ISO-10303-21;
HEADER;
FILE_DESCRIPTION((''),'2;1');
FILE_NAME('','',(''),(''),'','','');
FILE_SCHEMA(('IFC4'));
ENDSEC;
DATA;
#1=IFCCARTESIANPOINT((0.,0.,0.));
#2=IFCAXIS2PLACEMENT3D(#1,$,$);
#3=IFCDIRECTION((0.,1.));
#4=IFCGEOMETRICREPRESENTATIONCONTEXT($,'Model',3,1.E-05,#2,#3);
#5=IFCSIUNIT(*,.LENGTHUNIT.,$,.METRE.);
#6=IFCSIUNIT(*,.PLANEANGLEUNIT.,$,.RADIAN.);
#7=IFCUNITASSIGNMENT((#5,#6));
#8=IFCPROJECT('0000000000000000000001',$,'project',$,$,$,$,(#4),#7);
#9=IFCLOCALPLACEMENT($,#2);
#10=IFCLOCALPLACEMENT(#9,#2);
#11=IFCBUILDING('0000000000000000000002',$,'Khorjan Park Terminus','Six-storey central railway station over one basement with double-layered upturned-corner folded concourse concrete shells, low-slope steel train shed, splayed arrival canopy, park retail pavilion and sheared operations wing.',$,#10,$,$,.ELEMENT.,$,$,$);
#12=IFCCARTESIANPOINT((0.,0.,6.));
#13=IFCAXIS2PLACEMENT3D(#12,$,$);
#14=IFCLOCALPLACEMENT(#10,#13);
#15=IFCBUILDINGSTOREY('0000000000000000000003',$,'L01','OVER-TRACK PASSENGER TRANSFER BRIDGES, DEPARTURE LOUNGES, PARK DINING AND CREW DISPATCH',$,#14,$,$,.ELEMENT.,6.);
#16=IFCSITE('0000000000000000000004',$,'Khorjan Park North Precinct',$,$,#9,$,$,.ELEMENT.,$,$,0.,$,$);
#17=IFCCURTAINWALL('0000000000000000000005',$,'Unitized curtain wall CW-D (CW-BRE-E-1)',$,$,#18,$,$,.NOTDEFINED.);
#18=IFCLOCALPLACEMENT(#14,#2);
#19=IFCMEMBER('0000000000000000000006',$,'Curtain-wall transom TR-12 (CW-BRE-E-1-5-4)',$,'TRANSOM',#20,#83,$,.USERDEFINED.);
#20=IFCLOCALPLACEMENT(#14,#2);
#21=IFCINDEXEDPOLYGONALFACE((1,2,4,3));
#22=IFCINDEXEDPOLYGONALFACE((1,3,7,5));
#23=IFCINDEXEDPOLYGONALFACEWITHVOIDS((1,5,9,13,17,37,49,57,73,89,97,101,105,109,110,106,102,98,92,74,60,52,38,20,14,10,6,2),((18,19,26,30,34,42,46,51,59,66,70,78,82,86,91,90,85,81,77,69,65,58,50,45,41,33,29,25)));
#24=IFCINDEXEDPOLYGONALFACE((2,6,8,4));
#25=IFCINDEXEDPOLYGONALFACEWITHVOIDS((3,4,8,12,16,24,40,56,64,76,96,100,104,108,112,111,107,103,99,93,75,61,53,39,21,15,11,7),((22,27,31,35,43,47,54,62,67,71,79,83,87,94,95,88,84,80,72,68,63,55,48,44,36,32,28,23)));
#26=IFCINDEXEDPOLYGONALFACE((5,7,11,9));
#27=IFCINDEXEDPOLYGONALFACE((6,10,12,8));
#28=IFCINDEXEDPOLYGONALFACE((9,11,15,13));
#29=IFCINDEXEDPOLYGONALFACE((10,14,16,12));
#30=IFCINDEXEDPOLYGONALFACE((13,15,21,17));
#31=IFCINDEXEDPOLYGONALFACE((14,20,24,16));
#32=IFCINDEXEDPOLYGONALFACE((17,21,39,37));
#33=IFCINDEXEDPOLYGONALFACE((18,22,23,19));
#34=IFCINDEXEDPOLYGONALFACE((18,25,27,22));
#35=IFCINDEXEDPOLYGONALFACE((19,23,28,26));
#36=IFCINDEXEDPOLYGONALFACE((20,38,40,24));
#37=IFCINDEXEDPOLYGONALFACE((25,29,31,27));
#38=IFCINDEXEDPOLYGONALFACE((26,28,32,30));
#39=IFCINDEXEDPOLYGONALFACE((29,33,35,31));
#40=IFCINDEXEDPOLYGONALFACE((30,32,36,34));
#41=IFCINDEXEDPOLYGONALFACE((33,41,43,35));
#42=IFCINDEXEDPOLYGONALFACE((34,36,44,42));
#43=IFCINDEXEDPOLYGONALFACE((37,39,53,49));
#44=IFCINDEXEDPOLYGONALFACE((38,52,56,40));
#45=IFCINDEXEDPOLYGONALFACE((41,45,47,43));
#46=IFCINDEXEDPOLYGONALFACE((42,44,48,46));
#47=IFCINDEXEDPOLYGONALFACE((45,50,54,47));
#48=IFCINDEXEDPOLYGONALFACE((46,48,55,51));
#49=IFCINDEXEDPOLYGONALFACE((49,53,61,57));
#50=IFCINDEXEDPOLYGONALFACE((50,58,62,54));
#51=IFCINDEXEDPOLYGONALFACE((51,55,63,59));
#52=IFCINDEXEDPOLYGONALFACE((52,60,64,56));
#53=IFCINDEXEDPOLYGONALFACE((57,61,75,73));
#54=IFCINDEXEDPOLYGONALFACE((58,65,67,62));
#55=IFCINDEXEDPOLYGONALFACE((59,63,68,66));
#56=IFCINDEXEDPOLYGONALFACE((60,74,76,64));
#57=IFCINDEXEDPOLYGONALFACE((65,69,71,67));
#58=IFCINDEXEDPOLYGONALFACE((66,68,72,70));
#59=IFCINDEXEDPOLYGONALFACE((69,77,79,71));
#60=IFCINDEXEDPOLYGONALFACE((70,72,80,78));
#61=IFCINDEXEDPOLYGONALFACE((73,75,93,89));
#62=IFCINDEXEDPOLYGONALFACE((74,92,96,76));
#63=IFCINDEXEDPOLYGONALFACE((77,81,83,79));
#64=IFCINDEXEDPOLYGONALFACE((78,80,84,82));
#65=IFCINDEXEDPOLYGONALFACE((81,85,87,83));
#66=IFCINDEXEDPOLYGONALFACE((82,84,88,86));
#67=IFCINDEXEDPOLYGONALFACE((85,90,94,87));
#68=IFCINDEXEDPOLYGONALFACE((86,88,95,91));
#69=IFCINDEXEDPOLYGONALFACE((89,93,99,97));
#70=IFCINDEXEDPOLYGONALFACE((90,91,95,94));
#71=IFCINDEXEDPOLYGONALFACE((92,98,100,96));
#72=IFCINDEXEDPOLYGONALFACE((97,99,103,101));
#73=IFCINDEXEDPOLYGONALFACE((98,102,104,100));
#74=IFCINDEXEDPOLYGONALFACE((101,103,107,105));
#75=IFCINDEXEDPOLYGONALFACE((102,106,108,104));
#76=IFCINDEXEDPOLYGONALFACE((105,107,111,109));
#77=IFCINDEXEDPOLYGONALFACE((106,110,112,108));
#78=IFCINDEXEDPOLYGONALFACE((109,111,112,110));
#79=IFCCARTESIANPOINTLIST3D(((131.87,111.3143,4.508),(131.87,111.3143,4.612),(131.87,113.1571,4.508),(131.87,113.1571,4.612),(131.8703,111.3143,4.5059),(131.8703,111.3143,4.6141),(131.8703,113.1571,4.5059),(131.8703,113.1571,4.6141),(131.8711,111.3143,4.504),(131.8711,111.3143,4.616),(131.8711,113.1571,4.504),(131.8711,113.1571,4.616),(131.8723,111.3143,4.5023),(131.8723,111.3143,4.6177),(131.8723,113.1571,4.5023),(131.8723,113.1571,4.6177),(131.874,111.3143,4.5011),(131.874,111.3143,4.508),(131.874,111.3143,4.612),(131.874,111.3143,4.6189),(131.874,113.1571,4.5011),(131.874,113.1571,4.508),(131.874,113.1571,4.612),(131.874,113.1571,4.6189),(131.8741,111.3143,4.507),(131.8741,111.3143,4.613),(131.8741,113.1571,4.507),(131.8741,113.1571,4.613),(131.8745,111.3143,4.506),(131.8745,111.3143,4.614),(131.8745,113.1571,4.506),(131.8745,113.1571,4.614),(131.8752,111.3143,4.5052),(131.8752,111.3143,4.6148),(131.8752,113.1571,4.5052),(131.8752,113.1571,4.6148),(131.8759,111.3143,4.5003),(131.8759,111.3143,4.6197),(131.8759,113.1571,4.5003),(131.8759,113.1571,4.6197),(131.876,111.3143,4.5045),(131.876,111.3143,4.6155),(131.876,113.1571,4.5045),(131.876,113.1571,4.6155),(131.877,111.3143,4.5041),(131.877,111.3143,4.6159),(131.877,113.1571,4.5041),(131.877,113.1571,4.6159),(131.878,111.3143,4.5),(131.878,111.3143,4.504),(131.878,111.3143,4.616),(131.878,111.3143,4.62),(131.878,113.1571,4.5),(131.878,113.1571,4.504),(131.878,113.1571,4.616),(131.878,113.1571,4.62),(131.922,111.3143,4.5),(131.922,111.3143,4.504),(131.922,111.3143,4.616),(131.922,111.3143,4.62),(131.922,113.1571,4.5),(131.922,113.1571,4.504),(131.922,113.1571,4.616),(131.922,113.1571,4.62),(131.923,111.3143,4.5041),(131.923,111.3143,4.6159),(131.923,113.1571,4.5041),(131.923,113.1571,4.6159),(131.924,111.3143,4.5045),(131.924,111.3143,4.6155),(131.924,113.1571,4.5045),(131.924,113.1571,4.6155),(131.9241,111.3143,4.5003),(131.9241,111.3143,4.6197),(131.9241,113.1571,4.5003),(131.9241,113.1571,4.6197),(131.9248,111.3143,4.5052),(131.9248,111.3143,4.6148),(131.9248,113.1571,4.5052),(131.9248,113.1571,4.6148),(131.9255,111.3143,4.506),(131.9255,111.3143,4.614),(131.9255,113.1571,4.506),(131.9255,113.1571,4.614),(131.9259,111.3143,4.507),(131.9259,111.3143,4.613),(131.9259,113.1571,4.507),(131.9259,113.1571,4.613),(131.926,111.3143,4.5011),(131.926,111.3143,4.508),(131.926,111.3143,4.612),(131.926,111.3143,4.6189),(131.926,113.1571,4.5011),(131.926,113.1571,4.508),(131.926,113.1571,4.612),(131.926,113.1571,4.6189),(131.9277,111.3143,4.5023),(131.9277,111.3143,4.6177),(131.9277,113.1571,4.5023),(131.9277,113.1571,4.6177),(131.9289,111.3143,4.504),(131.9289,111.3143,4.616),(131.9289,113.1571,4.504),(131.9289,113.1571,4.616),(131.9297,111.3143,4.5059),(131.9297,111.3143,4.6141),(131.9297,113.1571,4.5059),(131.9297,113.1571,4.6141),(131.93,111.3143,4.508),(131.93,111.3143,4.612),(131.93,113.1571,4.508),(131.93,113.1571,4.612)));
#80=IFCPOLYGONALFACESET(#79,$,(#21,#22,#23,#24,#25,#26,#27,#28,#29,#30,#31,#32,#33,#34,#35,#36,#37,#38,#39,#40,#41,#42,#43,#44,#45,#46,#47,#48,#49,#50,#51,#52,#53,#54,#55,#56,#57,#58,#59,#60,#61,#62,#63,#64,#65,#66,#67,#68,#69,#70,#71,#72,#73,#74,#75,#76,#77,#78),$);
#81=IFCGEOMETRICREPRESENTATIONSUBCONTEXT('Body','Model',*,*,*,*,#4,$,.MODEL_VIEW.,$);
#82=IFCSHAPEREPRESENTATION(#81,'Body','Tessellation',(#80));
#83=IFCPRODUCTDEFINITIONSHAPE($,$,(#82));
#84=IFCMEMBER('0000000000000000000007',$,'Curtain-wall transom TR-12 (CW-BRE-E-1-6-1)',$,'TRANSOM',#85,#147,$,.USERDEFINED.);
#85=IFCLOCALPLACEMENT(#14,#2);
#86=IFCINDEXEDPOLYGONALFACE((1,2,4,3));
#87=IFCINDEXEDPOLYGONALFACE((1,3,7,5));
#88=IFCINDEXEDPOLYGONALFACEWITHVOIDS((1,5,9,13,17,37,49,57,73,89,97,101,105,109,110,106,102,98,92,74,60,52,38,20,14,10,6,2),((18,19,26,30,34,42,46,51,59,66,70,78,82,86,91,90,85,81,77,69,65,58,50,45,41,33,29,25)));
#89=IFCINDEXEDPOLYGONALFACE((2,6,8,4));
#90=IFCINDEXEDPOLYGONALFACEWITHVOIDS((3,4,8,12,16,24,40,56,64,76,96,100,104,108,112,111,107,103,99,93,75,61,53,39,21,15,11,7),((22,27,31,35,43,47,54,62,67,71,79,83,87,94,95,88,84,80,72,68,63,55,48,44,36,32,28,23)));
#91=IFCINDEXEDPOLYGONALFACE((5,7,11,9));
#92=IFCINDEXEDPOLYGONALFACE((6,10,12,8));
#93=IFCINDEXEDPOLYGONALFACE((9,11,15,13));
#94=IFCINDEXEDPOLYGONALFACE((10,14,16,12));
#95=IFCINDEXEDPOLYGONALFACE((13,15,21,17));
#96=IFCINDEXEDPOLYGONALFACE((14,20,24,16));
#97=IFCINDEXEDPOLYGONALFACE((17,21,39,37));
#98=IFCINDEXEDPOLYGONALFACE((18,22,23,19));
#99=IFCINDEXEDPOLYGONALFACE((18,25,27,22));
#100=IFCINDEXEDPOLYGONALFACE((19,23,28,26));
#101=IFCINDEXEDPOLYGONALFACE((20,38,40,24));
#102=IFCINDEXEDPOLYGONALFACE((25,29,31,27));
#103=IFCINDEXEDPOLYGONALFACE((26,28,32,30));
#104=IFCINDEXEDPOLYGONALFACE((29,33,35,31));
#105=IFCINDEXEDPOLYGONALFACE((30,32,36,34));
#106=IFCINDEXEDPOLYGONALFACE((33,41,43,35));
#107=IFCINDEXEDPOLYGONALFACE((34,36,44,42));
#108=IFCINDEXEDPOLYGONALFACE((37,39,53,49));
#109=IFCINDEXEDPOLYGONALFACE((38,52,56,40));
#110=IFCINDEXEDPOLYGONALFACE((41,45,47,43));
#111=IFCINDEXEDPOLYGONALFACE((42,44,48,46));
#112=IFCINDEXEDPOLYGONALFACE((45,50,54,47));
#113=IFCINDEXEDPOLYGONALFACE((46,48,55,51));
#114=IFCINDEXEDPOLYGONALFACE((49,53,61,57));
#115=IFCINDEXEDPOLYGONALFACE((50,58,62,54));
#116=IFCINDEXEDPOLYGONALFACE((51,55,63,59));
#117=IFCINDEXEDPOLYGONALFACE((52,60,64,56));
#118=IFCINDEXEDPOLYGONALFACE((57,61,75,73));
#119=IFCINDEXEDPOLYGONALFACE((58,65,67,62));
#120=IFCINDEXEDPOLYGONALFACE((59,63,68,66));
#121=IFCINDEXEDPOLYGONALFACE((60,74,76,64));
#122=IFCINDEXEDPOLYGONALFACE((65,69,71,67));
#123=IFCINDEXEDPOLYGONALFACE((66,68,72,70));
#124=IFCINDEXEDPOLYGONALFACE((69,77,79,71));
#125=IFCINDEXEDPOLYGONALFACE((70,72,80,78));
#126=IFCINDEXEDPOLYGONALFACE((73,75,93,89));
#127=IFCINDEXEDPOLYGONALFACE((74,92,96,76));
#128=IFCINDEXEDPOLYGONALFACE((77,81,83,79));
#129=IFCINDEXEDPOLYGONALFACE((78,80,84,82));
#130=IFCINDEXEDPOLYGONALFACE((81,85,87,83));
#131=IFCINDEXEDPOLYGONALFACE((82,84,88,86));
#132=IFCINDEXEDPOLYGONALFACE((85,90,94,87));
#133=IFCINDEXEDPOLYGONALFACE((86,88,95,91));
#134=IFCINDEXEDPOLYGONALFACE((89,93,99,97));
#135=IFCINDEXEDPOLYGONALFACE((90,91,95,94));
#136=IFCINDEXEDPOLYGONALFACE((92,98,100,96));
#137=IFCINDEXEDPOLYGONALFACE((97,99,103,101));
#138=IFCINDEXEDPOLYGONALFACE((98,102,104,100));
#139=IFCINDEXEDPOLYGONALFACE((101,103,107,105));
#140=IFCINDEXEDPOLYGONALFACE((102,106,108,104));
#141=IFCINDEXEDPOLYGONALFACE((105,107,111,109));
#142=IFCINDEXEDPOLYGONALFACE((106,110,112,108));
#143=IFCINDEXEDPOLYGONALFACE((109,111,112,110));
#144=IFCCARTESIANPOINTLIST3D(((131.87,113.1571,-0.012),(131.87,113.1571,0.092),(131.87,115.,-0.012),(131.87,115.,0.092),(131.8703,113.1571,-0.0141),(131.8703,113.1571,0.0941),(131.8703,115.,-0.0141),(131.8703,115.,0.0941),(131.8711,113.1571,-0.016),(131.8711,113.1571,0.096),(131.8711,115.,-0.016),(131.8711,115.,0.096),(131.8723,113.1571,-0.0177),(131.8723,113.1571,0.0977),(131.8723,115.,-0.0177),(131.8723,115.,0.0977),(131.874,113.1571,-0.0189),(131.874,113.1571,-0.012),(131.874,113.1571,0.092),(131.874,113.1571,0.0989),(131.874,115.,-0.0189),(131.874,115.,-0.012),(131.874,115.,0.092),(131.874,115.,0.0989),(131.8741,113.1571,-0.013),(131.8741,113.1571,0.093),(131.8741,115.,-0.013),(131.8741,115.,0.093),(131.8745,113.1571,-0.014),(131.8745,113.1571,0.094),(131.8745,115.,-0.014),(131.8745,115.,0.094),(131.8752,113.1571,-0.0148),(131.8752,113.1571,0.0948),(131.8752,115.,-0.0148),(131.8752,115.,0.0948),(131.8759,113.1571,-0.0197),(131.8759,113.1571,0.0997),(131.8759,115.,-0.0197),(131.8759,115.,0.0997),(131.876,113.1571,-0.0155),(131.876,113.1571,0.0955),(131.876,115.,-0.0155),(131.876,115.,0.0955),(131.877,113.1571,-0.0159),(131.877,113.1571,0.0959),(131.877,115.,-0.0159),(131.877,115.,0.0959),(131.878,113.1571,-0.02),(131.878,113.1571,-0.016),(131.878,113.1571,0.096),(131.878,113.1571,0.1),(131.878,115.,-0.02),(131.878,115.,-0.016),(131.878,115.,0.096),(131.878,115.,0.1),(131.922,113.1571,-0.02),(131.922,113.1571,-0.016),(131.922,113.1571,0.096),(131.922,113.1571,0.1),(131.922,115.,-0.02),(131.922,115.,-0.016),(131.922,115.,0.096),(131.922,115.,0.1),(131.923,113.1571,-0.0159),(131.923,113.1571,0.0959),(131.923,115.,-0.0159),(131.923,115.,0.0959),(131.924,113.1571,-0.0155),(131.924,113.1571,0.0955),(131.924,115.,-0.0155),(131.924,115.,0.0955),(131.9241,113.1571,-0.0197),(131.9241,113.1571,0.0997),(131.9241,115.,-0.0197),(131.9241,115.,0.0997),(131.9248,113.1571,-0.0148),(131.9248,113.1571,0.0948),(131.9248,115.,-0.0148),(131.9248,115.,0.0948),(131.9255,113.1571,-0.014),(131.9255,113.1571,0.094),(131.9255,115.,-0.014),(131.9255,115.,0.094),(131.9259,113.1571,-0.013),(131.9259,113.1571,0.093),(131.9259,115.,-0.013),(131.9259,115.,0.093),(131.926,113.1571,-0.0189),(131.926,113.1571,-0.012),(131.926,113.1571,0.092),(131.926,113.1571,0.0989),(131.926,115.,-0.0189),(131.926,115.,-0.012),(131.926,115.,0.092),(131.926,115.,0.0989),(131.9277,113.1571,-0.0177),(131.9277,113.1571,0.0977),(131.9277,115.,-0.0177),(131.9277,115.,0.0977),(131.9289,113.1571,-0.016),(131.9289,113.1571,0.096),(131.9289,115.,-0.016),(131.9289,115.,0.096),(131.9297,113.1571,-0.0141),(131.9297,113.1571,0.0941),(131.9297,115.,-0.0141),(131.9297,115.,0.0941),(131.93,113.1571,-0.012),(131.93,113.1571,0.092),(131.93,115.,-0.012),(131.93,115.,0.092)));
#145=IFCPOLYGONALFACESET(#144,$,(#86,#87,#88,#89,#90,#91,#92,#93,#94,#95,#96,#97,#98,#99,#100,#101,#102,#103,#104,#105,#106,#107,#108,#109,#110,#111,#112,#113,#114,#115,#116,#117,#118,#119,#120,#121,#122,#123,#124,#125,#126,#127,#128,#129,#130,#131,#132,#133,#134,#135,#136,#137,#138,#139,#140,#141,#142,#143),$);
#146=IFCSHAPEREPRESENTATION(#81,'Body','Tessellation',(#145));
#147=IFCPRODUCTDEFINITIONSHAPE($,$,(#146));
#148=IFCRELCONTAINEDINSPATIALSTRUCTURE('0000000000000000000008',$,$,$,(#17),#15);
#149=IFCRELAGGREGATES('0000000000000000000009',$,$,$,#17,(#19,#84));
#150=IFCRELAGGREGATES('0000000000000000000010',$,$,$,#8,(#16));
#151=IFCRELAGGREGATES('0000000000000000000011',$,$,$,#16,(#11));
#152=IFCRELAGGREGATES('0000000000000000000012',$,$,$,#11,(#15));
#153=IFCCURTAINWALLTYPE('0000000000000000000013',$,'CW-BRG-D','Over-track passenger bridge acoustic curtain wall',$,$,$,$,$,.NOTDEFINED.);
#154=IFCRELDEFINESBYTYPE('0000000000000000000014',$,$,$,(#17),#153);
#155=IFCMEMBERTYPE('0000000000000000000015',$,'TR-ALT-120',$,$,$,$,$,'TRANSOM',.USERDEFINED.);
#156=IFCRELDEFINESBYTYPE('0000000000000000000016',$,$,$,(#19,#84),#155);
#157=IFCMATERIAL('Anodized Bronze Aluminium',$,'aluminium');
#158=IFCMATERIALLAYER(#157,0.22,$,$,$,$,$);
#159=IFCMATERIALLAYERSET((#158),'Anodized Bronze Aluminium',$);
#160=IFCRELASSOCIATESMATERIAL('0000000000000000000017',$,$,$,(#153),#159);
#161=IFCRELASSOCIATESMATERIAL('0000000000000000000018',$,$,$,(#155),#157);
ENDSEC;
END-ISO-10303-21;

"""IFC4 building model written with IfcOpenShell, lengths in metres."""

from ifc_helpers import new_model, si_unit, direction, frame, origin, origin_2d, place, context, subcontext, project, spatial, hollow_rectangle, extrude, material, layer, layer_set, material_profile, profile_set, type_object, element, aggregate, save


model = new_model("IFC4")

# Units and contexts
model_context = context("Model", 3, precision=1e-05, world=origin(), true_north=direction((0.0, 1.0)))
body_context = subcontext(model_context, "Body", "Model", "MODEL_VIEW")
ifc_project = project(units=[si_unit("LENGTHUNIT", "METRE"), si_unit("PLANEANGLEUNIT", "RADIAN")], contexts=[model_context])

# Site, building, storey
site_placement = place(None, origin())
site = spatial("IfcSite", under=ifc_project, at=site_placement, Name="Khorjan Park North Precinct", CompositionType="ELEMENT", RefElevation=0.0)
building_placement = place(site_placement, origin())
building = spatial("IfcBuilding", under=site, at=building_placement, Name="Khorjan Park Terminus", Description="Six-storey central railway station over one basement with double-layered upturned-corner folded concourse concrete shells, low-slope steel train shed, splayed arrival canopy, park retail pavilion and sheared operations wing.", CompositionType="ELEMENT")
storey_placement = place(building_placement, frame((0.0, 0.0, 6.0)))
storey = spatial("IfcBuildingStorey", under=building, at=storey_placement, Name="L01", Description="OVER-TRACK PASSENGER TRANSFER BRIDGES, DEPARTURE LOUNGES, PARK DINING AND CREW DISPATCH", CompositionType="ELEMENT", Elevation=6.0)

# Curtain wall, members
ifc_material_1 = material(Name="Anodized Bronze Aluminium", Category="aluminium")
ifc_layer_1 = layer(ifc_material_1, 0.22)
ifc_layer_set_1 = layer_set([ifc_layer_1], Name="Anodized Bronze Aluminium")
curtain_wall_type = type_object("IfcCurtainWallType", Name="CW-BRG-D", Description="Over-track passenger bridge acoustic curtain wall", PredefinedType="NOTDEFINED", material=ifc_layer_set_1)
curtain_wall_1_placement = place(storey_placement, origin())
curtain_wall_1 = element("IfcCurtainWall", 1, at=curtain_wall_1_placement, inside=storey, type_object=curtain_wall_type, Name="Unitized curtain wall CW-D (CW-BRE-E-1)", PredefinedType="NOTDEFINED")
ifc_material_profile_1 = material_profile(ifc_material_1, hollow_rectangle(XDim=0.06, YDim=0.12, WallThickness=0.004, InnerFilletRadius=0.004, OuterFilletRadius=0.008, at=origin_2d()), Name="ALT 60x120x4")
ifc_profile_set_1 = profile_set([ifc_material_profile_1], Name="Anodized Bronze Aluminium")
member_type_1 = type_object("IfcMemberType", Name="TR-ALT-120", ElementType="TRANSOM", PredefinedType="USERDEFINED", material=ifc_profile_set_1)
member_1_placement = place(storey_placement, frame((131.9, 111.3143, 4.56), z_axis=(0.0, 1.0, 0.0), x_axis=(-1.0, 0.0, 0.0)))
member_1 = element("IfcMember", 2, at=member_1_placement, type_object=member_type_1, Name="Curtain-wall transom TR-12 (CW-BRE-E-1-5-4)", ObjectType="TRANSOM", PredefinedType="USERDEFINED", context=body_context, shape_type="SweptSolid", body=[
    extrude(hollow_rectangle(XDim=0.06, YDim=0.12, WallThickness=0.004, InnerFilletRadius=0.004, OuterFilletRadius=0.008, at=origin_2d()), origin(), (0.0, 0.0, 1.0), 1.8428),
])
member_2_placement = place(storey_placement, frame((131.9, 113.1571, 0.04), z_axis=(0.0, 1.0, 0.0), x_axis=(-1.0, 0.0, 0.0)))
member_2 = element("IfcMember", 3, at=member_2_placement, type_object=member_type_1, Name="Curtain-wall transom TR-12 (CW-BRE-E-1-6-1)", ObjectType="TRANSOM", PredefinedType="USERDEFINED", context=body_context, shape_type="SweptSolid", body=[
    extrude(hollow_rectangle(XDim=0.06, YDim=0.12, WallThickness=0.004, InnerFilletRadius=0.004, OuterFilletRadius=0.008, at=origin_2d()), origin(), (0.0, 0.0, 1.0), 1.8429),
])

aggregate(curtain_wall_1, [member_1, member_2])

save(model, "model.ifc")
